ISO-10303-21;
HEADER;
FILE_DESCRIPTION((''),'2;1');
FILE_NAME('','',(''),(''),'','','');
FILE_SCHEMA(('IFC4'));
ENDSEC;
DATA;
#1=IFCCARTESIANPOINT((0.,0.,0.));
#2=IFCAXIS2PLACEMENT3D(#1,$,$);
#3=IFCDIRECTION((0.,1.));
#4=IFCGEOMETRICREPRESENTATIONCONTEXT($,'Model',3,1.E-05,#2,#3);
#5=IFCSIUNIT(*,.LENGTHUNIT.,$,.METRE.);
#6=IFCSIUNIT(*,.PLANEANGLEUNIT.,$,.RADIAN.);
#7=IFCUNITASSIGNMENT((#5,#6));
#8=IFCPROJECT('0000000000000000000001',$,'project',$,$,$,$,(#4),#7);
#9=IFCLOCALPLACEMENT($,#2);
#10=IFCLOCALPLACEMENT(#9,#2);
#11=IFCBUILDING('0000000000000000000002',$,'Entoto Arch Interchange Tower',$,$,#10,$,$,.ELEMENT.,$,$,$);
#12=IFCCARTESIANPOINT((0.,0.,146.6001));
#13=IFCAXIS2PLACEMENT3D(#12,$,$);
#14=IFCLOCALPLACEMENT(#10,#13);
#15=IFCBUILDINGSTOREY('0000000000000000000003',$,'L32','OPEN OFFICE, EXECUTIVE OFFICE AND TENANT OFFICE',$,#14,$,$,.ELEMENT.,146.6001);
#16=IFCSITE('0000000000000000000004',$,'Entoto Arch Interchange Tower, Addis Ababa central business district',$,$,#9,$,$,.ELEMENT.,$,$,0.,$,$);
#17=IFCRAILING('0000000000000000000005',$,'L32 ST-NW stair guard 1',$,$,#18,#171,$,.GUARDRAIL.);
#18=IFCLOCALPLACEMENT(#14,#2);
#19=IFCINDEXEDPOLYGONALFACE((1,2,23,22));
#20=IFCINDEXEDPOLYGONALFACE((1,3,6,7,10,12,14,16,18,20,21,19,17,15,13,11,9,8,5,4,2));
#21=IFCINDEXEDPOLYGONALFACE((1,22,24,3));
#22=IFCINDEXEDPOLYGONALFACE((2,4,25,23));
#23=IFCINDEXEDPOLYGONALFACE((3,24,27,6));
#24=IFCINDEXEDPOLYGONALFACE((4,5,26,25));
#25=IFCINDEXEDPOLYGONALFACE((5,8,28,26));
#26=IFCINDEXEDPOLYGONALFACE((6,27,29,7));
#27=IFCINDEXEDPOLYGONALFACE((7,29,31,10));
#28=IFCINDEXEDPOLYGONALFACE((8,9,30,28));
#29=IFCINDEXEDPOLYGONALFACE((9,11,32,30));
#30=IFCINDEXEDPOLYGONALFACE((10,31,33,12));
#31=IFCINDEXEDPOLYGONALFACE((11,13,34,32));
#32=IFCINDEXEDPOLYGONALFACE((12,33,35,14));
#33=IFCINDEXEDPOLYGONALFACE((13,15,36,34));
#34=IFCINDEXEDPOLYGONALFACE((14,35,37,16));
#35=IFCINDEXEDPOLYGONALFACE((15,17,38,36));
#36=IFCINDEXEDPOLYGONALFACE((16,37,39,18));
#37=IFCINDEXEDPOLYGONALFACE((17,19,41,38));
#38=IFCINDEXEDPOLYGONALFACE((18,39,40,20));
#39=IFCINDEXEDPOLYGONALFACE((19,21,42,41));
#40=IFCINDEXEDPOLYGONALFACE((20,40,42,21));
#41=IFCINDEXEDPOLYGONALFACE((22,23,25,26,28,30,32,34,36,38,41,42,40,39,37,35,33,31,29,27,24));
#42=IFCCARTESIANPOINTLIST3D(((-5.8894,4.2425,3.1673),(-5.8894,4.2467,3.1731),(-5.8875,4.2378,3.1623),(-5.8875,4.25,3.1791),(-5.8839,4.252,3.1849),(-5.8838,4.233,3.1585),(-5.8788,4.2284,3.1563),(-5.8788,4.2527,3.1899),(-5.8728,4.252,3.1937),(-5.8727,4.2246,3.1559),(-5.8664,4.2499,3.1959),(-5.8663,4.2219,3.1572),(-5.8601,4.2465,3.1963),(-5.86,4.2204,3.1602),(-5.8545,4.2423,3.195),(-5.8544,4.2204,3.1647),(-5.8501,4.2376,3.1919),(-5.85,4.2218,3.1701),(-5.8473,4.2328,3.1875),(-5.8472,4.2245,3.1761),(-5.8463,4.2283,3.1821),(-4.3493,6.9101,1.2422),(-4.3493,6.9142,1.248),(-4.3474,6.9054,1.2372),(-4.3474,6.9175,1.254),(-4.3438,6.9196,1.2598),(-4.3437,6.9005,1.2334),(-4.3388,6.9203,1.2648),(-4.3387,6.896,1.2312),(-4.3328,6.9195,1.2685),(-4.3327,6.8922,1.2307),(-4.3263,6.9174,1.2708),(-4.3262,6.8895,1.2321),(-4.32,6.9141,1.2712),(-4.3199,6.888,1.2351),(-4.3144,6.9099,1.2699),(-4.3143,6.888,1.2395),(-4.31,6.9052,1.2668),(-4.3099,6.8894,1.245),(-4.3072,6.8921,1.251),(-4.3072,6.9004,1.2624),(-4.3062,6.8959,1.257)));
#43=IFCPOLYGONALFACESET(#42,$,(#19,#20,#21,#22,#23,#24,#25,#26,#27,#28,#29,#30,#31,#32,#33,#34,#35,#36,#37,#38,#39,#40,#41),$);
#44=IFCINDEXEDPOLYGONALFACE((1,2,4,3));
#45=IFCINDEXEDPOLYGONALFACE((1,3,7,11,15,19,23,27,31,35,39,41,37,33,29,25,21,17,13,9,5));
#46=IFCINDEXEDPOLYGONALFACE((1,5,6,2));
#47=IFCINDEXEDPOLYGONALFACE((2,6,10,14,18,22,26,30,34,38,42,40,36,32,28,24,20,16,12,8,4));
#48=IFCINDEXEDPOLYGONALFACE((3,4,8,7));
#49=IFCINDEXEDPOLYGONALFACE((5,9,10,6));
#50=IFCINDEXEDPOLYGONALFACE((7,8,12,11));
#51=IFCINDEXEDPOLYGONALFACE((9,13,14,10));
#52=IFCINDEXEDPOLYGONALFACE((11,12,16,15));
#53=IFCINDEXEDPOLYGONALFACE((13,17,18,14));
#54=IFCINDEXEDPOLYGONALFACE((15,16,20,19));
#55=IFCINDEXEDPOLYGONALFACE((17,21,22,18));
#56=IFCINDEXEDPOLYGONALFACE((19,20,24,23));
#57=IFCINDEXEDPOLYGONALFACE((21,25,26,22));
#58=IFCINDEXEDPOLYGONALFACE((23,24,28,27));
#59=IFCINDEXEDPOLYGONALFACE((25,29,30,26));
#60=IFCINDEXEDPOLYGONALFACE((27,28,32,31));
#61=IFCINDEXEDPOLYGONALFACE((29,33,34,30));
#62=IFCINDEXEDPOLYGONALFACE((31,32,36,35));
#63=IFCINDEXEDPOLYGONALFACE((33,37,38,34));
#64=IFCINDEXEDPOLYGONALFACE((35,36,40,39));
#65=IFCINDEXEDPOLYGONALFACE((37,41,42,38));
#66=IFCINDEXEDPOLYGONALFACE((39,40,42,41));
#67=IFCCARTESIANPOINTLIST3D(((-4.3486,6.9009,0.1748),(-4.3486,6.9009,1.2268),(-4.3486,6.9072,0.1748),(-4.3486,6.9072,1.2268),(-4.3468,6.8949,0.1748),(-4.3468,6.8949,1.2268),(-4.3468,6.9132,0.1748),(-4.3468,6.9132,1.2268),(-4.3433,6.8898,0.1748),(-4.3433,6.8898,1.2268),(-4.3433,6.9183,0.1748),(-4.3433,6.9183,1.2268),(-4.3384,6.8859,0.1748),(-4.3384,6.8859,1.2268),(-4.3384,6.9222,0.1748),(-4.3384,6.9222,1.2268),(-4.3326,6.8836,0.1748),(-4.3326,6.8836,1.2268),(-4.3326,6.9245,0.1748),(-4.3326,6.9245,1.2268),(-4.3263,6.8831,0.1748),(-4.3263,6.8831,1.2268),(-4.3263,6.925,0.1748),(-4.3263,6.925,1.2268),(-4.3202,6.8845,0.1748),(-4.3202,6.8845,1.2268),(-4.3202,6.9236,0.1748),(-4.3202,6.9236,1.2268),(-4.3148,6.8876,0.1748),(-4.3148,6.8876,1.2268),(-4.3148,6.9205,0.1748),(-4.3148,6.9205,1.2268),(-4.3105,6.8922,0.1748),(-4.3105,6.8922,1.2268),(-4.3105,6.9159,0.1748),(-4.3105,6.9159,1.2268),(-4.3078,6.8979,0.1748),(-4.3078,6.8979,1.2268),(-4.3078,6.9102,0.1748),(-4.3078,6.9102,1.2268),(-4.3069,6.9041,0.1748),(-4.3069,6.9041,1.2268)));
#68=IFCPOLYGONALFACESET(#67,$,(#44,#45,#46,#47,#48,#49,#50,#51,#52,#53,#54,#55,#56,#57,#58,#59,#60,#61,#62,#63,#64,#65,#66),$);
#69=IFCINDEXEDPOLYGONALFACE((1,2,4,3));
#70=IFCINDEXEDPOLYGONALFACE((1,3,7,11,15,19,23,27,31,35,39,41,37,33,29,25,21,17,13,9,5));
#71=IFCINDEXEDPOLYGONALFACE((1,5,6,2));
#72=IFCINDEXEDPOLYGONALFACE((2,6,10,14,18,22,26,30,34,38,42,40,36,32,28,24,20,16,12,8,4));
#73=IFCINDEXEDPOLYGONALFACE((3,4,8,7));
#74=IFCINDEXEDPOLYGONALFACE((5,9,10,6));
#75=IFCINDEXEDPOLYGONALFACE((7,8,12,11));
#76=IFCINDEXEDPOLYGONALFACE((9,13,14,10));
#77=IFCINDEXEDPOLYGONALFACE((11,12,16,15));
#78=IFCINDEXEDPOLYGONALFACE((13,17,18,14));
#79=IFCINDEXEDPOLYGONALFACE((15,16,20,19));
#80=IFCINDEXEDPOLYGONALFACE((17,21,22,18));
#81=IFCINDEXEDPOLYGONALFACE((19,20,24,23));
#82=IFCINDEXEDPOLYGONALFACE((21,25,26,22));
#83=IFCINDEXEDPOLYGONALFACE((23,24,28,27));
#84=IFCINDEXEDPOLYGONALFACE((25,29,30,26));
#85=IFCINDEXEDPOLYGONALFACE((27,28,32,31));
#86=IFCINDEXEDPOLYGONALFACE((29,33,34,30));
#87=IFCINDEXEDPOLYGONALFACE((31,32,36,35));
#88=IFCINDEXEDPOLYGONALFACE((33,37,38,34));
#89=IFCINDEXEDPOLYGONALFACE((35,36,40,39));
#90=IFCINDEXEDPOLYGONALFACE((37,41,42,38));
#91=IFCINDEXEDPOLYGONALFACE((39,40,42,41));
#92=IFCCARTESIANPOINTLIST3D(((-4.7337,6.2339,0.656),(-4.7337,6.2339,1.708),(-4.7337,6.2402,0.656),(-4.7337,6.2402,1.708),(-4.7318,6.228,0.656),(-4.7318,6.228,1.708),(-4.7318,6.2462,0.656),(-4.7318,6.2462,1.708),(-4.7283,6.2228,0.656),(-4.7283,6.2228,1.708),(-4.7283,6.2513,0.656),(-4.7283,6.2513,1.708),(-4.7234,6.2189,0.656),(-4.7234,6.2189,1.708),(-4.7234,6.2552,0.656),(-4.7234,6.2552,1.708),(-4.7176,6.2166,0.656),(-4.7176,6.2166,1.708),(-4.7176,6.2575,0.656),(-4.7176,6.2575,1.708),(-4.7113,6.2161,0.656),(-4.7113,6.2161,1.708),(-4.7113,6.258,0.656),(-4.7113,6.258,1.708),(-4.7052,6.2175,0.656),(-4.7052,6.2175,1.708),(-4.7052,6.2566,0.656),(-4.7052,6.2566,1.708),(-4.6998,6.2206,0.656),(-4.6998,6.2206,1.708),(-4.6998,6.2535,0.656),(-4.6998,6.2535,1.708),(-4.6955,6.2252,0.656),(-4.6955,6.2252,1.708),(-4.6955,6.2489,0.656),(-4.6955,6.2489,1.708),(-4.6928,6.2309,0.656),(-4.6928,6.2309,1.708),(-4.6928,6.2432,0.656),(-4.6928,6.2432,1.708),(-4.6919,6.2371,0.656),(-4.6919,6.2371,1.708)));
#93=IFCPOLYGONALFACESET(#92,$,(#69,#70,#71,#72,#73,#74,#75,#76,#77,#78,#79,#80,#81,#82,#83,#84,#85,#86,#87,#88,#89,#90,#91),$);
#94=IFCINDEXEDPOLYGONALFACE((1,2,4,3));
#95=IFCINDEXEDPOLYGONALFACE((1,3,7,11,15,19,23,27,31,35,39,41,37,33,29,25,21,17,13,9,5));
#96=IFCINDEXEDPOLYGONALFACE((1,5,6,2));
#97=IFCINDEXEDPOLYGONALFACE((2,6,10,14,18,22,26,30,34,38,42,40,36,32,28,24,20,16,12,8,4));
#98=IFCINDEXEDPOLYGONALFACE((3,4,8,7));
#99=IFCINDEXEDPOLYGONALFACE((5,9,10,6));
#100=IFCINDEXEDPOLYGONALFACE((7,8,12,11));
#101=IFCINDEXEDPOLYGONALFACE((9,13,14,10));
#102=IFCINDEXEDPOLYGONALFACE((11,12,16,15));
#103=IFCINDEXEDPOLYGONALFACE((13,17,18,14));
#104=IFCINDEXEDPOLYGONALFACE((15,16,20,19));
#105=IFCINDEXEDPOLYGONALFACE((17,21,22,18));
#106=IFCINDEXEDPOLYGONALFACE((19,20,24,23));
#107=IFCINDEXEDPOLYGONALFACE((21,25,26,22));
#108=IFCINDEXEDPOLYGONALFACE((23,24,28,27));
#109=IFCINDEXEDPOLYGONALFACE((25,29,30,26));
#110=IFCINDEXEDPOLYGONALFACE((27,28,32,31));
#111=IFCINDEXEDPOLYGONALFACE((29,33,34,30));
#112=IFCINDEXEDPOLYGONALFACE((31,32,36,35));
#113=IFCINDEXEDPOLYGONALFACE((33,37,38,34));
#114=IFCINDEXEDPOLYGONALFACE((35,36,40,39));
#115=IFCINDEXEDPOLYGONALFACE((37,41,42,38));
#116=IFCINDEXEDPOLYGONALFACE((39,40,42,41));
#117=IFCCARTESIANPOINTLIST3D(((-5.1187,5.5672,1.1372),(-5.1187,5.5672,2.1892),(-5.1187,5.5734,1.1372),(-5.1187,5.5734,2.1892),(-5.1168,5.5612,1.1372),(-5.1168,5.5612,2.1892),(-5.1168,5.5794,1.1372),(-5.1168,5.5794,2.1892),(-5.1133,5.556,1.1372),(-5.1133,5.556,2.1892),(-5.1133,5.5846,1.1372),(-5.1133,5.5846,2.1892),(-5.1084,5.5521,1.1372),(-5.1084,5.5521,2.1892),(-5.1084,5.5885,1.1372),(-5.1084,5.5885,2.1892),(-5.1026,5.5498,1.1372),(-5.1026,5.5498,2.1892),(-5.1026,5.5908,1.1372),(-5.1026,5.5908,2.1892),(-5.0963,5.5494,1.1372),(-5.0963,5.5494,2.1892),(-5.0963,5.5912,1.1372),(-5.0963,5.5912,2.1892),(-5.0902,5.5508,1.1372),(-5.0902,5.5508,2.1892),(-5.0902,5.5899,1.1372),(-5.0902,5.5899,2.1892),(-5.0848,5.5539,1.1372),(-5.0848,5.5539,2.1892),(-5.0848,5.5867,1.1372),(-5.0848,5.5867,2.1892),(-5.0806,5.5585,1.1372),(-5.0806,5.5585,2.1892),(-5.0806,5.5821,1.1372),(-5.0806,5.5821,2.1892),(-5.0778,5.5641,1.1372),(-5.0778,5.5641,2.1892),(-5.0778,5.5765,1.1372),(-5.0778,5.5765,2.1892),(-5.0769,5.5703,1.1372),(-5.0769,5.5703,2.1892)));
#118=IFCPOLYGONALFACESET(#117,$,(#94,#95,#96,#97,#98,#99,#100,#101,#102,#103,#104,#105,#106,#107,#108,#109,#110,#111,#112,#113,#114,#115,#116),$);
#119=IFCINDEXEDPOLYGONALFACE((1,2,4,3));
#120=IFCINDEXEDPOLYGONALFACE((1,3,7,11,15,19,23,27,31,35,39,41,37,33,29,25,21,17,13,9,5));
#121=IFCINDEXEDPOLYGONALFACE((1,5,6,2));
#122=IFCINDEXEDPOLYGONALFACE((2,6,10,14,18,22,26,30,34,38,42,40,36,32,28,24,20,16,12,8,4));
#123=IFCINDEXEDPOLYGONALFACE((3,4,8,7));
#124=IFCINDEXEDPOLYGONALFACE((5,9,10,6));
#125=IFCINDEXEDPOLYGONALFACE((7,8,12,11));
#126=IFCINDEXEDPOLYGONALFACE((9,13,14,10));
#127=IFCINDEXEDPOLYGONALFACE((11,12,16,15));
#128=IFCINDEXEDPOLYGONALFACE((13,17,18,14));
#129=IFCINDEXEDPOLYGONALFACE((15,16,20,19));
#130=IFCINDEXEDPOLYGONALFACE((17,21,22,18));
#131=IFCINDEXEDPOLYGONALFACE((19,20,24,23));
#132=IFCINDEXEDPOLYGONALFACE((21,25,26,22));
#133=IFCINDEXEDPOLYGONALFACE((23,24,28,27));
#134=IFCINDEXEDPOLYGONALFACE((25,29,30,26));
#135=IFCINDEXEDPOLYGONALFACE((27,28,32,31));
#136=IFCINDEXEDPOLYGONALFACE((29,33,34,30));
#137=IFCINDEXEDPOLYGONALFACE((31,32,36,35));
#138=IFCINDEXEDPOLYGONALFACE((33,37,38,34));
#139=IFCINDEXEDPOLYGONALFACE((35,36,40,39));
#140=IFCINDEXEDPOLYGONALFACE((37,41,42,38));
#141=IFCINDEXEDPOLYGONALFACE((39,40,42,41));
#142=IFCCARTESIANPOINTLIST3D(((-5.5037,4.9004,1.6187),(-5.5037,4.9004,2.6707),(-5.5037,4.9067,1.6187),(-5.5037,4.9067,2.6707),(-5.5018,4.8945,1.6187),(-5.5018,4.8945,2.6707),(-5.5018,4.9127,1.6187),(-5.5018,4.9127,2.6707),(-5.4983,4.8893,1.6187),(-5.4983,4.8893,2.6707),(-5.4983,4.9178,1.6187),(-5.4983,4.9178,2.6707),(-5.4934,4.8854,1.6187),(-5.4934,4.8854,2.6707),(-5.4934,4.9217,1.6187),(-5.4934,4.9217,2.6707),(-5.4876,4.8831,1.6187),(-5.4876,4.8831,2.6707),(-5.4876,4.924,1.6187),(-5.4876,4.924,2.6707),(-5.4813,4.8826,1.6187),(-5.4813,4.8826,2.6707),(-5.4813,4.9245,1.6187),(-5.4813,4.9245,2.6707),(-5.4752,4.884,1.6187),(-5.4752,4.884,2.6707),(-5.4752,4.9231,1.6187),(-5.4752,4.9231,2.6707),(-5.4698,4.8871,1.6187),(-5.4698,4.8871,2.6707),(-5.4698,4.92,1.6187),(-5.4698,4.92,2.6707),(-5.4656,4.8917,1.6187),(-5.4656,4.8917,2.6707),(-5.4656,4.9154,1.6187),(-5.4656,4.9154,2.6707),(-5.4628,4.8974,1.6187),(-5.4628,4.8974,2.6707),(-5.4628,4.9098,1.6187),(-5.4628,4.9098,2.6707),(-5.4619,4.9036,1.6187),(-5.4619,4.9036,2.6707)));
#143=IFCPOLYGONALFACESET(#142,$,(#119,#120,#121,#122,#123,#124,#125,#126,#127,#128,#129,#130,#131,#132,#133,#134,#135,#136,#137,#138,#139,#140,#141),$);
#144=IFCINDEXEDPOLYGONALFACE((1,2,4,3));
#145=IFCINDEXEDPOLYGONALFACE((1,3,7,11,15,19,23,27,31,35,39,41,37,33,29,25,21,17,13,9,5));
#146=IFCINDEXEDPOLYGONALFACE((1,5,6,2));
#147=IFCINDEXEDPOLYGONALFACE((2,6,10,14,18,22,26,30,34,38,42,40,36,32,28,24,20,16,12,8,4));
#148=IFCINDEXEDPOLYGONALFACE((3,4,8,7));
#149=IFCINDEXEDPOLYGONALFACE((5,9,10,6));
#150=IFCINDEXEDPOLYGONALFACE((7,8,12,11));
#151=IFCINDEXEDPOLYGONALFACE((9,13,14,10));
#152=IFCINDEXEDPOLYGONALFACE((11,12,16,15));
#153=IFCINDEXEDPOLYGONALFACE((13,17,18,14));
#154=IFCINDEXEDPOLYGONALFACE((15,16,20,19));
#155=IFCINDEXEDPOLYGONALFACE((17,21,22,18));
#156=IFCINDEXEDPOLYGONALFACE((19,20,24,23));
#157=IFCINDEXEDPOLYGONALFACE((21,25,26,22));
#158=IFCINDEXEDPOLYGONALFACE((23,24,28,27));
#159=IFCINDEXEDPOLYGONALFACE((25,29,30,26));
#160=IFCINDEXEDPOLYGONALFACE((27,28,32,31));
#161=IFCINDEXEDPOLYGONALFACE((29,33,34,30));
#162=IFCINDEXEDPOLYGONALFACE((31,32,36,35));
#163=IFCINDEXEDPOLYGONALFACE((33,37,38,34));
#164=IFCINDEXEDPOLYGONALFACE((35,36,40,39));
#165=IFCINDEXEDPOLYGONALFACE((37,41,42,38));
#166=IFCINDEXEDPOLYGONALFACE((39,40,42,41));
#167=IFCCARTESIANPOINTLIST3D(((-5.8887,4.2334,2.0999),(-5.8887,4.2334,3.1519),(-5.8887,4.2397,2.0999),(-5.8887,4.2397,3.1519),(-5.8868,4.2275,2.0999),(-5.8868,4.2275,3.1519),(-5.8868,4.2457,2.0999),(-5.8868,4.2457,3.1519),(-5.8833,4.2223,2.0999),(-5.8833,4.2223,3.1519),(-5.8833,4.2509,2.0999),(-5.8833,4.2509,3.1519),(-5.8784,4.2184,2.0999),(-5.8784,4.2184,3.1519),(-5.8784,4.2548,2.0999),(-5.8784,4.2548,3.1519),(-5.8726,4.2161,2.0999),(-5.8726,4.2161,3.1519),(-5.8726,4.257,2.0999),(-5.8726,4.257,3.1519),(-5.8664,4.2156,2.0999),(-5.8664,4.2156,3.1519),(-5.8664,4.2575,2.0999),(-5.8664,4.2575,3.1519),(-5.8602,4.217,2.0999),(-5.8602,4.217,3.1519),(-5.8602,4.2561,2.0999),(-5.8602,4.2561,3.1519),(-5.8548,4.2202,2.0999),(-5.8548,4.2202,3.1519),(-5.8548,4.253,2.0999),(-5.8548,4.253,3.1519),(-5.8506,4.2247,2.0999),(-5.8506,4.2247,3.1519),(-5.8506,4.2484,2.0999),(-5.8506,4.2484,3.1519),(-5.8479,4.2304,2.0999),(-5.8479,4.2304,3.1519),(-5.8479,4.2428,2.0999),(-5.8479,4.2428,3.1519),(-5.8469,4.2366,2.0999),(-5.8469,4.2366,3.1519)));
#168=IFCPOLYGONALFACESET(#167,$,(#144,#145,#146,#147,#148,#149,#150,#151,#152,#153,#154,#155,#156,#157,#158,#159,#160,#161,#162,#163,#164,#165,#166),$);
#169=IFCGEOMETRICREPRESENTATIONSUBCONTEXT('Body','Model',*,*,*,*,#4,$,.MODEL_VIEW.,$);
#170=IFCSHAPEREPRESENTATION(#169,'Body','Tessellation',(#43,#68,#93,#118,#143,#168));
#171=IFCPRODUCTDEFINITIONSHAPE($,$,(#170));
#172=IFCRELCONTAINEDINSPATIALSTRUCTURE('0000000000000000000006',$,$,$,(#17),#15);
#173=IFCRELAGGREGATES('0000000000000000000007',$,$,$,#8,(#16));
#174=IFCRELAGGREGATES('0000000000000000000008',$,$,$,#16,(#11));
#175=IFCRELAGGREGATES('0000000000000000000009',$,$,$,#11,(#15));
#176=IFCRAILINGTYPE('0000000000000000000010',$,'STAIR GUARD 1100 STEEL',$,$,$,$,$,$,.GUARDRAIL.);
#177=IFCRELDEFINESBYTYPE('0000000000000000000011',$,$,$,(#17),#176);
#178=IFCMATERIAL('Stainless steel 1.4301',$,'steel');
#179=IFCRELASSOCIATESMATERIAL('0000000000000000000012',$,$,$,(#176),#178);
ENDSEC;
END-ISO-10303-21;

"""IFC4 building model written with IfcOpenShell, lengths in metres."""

from ifc_helpers import new_model, si_unit, direction, frame, origin, origin_2d, place, context, subcontext, project, spatial, circle, extrude, material, type_object, element, save


model = new_model("IFC4")

# Units and contexts
model_context = context("Model", 3, precision=1e-05, world=origin(), true_north=direction((0.0, 1.0)))
body_context = subcontext(model_context, "Body", "Model", "MODEL_VIEW")
ifc_project = project(units=[si_unit("LENGTHUNIT", "METRE"), si_unit("PLANEANGLEUNIT", "RADIAN")], contexts=[model_context])

# Site, building, storey
site_placement = place(None, origin())
site = spatial("IfcSite", under=ifc_project, at=site_placement, Name="Entoto Arch Interchange Tower, Addis Ababa central business district", CompositionType="ELEMENT", RefElevation=0.0)
building_placement = place(site_placement, origin())
building = spatial("IfcBuilding", under=site, at=building_placement, Name="Entoto Arch Interchange Tower", CompositionType="ELEMENT")
storey_placement = place(building_placement, frame((0.0, 0.0, 146.6001)))
storey = spatial("IfcBuildingStorey", under=building, at=storey_placement, Name="L32", Description="OPEN OFFICE, EXECUTIVE OFFICE AND TENANT OFFICE", CompositionType="ELEMENT", Elevation=146.6001)

# Railing
ifc_material_1 = material(Name="Stainless steel 1.4301", Category="steel")
railing_type_1 = type_object("IfcRailingType", Name="STAIR GUARD 1100 STEEL", PredefinedType="GUARDRAIL", material=ifc_material_1)
railing_1_placement = place(storey_placement, frame((-4.3279, 6.9041, 0.1748)))
element("IfcRailing", 1, at=railing_1_placement, inside=storey, type_object=railing_type_1, Name="L32 ST-NW stair guard 1", PredefinedType="GUARDRAIL", context=body_context, shape_type="SweptSolid", body=[
    extrude(circle(Radius=0.0239, at=origin_2d()), frame((0.0, 0.0, 1.0762), z_axis=(-0.423994, -0.734395, 0.529993), x_axis=(0.86603, -0.499992, 0.0)), (0.0, 0.0, 1.0), 3.6323),
    extrude(circle(Radius=0.021, at=origin_2d()), origin(), (0.0, 0.0, 1.0), 1.052),
    extrude(circle(Radius=0.021, at=origin_2d()), frame((-0.385, -0.667, 0.4812)), (0.0, 0.0, 1.0), 1.052),
    extrude(circle(Radius=0.021, at=origin_2d()), frame((-0.77, -1.3337, 0.9624)), (0.0, 0.0, 1.0), 1.052),
    extrude(circle(Radius=0.021, at=origin_2d()), frame((-1.155, -2.0005, 1.4438)), (0.0, 0.0, 1.0), 1.052),
    extrude(circle(Radius=0.021, at=origin_2d()), frame((-1.54, -2.6675, 1.925)), (0.0, 0.0, 1.0), 1.052),
])

save(model, "model.ifc")
